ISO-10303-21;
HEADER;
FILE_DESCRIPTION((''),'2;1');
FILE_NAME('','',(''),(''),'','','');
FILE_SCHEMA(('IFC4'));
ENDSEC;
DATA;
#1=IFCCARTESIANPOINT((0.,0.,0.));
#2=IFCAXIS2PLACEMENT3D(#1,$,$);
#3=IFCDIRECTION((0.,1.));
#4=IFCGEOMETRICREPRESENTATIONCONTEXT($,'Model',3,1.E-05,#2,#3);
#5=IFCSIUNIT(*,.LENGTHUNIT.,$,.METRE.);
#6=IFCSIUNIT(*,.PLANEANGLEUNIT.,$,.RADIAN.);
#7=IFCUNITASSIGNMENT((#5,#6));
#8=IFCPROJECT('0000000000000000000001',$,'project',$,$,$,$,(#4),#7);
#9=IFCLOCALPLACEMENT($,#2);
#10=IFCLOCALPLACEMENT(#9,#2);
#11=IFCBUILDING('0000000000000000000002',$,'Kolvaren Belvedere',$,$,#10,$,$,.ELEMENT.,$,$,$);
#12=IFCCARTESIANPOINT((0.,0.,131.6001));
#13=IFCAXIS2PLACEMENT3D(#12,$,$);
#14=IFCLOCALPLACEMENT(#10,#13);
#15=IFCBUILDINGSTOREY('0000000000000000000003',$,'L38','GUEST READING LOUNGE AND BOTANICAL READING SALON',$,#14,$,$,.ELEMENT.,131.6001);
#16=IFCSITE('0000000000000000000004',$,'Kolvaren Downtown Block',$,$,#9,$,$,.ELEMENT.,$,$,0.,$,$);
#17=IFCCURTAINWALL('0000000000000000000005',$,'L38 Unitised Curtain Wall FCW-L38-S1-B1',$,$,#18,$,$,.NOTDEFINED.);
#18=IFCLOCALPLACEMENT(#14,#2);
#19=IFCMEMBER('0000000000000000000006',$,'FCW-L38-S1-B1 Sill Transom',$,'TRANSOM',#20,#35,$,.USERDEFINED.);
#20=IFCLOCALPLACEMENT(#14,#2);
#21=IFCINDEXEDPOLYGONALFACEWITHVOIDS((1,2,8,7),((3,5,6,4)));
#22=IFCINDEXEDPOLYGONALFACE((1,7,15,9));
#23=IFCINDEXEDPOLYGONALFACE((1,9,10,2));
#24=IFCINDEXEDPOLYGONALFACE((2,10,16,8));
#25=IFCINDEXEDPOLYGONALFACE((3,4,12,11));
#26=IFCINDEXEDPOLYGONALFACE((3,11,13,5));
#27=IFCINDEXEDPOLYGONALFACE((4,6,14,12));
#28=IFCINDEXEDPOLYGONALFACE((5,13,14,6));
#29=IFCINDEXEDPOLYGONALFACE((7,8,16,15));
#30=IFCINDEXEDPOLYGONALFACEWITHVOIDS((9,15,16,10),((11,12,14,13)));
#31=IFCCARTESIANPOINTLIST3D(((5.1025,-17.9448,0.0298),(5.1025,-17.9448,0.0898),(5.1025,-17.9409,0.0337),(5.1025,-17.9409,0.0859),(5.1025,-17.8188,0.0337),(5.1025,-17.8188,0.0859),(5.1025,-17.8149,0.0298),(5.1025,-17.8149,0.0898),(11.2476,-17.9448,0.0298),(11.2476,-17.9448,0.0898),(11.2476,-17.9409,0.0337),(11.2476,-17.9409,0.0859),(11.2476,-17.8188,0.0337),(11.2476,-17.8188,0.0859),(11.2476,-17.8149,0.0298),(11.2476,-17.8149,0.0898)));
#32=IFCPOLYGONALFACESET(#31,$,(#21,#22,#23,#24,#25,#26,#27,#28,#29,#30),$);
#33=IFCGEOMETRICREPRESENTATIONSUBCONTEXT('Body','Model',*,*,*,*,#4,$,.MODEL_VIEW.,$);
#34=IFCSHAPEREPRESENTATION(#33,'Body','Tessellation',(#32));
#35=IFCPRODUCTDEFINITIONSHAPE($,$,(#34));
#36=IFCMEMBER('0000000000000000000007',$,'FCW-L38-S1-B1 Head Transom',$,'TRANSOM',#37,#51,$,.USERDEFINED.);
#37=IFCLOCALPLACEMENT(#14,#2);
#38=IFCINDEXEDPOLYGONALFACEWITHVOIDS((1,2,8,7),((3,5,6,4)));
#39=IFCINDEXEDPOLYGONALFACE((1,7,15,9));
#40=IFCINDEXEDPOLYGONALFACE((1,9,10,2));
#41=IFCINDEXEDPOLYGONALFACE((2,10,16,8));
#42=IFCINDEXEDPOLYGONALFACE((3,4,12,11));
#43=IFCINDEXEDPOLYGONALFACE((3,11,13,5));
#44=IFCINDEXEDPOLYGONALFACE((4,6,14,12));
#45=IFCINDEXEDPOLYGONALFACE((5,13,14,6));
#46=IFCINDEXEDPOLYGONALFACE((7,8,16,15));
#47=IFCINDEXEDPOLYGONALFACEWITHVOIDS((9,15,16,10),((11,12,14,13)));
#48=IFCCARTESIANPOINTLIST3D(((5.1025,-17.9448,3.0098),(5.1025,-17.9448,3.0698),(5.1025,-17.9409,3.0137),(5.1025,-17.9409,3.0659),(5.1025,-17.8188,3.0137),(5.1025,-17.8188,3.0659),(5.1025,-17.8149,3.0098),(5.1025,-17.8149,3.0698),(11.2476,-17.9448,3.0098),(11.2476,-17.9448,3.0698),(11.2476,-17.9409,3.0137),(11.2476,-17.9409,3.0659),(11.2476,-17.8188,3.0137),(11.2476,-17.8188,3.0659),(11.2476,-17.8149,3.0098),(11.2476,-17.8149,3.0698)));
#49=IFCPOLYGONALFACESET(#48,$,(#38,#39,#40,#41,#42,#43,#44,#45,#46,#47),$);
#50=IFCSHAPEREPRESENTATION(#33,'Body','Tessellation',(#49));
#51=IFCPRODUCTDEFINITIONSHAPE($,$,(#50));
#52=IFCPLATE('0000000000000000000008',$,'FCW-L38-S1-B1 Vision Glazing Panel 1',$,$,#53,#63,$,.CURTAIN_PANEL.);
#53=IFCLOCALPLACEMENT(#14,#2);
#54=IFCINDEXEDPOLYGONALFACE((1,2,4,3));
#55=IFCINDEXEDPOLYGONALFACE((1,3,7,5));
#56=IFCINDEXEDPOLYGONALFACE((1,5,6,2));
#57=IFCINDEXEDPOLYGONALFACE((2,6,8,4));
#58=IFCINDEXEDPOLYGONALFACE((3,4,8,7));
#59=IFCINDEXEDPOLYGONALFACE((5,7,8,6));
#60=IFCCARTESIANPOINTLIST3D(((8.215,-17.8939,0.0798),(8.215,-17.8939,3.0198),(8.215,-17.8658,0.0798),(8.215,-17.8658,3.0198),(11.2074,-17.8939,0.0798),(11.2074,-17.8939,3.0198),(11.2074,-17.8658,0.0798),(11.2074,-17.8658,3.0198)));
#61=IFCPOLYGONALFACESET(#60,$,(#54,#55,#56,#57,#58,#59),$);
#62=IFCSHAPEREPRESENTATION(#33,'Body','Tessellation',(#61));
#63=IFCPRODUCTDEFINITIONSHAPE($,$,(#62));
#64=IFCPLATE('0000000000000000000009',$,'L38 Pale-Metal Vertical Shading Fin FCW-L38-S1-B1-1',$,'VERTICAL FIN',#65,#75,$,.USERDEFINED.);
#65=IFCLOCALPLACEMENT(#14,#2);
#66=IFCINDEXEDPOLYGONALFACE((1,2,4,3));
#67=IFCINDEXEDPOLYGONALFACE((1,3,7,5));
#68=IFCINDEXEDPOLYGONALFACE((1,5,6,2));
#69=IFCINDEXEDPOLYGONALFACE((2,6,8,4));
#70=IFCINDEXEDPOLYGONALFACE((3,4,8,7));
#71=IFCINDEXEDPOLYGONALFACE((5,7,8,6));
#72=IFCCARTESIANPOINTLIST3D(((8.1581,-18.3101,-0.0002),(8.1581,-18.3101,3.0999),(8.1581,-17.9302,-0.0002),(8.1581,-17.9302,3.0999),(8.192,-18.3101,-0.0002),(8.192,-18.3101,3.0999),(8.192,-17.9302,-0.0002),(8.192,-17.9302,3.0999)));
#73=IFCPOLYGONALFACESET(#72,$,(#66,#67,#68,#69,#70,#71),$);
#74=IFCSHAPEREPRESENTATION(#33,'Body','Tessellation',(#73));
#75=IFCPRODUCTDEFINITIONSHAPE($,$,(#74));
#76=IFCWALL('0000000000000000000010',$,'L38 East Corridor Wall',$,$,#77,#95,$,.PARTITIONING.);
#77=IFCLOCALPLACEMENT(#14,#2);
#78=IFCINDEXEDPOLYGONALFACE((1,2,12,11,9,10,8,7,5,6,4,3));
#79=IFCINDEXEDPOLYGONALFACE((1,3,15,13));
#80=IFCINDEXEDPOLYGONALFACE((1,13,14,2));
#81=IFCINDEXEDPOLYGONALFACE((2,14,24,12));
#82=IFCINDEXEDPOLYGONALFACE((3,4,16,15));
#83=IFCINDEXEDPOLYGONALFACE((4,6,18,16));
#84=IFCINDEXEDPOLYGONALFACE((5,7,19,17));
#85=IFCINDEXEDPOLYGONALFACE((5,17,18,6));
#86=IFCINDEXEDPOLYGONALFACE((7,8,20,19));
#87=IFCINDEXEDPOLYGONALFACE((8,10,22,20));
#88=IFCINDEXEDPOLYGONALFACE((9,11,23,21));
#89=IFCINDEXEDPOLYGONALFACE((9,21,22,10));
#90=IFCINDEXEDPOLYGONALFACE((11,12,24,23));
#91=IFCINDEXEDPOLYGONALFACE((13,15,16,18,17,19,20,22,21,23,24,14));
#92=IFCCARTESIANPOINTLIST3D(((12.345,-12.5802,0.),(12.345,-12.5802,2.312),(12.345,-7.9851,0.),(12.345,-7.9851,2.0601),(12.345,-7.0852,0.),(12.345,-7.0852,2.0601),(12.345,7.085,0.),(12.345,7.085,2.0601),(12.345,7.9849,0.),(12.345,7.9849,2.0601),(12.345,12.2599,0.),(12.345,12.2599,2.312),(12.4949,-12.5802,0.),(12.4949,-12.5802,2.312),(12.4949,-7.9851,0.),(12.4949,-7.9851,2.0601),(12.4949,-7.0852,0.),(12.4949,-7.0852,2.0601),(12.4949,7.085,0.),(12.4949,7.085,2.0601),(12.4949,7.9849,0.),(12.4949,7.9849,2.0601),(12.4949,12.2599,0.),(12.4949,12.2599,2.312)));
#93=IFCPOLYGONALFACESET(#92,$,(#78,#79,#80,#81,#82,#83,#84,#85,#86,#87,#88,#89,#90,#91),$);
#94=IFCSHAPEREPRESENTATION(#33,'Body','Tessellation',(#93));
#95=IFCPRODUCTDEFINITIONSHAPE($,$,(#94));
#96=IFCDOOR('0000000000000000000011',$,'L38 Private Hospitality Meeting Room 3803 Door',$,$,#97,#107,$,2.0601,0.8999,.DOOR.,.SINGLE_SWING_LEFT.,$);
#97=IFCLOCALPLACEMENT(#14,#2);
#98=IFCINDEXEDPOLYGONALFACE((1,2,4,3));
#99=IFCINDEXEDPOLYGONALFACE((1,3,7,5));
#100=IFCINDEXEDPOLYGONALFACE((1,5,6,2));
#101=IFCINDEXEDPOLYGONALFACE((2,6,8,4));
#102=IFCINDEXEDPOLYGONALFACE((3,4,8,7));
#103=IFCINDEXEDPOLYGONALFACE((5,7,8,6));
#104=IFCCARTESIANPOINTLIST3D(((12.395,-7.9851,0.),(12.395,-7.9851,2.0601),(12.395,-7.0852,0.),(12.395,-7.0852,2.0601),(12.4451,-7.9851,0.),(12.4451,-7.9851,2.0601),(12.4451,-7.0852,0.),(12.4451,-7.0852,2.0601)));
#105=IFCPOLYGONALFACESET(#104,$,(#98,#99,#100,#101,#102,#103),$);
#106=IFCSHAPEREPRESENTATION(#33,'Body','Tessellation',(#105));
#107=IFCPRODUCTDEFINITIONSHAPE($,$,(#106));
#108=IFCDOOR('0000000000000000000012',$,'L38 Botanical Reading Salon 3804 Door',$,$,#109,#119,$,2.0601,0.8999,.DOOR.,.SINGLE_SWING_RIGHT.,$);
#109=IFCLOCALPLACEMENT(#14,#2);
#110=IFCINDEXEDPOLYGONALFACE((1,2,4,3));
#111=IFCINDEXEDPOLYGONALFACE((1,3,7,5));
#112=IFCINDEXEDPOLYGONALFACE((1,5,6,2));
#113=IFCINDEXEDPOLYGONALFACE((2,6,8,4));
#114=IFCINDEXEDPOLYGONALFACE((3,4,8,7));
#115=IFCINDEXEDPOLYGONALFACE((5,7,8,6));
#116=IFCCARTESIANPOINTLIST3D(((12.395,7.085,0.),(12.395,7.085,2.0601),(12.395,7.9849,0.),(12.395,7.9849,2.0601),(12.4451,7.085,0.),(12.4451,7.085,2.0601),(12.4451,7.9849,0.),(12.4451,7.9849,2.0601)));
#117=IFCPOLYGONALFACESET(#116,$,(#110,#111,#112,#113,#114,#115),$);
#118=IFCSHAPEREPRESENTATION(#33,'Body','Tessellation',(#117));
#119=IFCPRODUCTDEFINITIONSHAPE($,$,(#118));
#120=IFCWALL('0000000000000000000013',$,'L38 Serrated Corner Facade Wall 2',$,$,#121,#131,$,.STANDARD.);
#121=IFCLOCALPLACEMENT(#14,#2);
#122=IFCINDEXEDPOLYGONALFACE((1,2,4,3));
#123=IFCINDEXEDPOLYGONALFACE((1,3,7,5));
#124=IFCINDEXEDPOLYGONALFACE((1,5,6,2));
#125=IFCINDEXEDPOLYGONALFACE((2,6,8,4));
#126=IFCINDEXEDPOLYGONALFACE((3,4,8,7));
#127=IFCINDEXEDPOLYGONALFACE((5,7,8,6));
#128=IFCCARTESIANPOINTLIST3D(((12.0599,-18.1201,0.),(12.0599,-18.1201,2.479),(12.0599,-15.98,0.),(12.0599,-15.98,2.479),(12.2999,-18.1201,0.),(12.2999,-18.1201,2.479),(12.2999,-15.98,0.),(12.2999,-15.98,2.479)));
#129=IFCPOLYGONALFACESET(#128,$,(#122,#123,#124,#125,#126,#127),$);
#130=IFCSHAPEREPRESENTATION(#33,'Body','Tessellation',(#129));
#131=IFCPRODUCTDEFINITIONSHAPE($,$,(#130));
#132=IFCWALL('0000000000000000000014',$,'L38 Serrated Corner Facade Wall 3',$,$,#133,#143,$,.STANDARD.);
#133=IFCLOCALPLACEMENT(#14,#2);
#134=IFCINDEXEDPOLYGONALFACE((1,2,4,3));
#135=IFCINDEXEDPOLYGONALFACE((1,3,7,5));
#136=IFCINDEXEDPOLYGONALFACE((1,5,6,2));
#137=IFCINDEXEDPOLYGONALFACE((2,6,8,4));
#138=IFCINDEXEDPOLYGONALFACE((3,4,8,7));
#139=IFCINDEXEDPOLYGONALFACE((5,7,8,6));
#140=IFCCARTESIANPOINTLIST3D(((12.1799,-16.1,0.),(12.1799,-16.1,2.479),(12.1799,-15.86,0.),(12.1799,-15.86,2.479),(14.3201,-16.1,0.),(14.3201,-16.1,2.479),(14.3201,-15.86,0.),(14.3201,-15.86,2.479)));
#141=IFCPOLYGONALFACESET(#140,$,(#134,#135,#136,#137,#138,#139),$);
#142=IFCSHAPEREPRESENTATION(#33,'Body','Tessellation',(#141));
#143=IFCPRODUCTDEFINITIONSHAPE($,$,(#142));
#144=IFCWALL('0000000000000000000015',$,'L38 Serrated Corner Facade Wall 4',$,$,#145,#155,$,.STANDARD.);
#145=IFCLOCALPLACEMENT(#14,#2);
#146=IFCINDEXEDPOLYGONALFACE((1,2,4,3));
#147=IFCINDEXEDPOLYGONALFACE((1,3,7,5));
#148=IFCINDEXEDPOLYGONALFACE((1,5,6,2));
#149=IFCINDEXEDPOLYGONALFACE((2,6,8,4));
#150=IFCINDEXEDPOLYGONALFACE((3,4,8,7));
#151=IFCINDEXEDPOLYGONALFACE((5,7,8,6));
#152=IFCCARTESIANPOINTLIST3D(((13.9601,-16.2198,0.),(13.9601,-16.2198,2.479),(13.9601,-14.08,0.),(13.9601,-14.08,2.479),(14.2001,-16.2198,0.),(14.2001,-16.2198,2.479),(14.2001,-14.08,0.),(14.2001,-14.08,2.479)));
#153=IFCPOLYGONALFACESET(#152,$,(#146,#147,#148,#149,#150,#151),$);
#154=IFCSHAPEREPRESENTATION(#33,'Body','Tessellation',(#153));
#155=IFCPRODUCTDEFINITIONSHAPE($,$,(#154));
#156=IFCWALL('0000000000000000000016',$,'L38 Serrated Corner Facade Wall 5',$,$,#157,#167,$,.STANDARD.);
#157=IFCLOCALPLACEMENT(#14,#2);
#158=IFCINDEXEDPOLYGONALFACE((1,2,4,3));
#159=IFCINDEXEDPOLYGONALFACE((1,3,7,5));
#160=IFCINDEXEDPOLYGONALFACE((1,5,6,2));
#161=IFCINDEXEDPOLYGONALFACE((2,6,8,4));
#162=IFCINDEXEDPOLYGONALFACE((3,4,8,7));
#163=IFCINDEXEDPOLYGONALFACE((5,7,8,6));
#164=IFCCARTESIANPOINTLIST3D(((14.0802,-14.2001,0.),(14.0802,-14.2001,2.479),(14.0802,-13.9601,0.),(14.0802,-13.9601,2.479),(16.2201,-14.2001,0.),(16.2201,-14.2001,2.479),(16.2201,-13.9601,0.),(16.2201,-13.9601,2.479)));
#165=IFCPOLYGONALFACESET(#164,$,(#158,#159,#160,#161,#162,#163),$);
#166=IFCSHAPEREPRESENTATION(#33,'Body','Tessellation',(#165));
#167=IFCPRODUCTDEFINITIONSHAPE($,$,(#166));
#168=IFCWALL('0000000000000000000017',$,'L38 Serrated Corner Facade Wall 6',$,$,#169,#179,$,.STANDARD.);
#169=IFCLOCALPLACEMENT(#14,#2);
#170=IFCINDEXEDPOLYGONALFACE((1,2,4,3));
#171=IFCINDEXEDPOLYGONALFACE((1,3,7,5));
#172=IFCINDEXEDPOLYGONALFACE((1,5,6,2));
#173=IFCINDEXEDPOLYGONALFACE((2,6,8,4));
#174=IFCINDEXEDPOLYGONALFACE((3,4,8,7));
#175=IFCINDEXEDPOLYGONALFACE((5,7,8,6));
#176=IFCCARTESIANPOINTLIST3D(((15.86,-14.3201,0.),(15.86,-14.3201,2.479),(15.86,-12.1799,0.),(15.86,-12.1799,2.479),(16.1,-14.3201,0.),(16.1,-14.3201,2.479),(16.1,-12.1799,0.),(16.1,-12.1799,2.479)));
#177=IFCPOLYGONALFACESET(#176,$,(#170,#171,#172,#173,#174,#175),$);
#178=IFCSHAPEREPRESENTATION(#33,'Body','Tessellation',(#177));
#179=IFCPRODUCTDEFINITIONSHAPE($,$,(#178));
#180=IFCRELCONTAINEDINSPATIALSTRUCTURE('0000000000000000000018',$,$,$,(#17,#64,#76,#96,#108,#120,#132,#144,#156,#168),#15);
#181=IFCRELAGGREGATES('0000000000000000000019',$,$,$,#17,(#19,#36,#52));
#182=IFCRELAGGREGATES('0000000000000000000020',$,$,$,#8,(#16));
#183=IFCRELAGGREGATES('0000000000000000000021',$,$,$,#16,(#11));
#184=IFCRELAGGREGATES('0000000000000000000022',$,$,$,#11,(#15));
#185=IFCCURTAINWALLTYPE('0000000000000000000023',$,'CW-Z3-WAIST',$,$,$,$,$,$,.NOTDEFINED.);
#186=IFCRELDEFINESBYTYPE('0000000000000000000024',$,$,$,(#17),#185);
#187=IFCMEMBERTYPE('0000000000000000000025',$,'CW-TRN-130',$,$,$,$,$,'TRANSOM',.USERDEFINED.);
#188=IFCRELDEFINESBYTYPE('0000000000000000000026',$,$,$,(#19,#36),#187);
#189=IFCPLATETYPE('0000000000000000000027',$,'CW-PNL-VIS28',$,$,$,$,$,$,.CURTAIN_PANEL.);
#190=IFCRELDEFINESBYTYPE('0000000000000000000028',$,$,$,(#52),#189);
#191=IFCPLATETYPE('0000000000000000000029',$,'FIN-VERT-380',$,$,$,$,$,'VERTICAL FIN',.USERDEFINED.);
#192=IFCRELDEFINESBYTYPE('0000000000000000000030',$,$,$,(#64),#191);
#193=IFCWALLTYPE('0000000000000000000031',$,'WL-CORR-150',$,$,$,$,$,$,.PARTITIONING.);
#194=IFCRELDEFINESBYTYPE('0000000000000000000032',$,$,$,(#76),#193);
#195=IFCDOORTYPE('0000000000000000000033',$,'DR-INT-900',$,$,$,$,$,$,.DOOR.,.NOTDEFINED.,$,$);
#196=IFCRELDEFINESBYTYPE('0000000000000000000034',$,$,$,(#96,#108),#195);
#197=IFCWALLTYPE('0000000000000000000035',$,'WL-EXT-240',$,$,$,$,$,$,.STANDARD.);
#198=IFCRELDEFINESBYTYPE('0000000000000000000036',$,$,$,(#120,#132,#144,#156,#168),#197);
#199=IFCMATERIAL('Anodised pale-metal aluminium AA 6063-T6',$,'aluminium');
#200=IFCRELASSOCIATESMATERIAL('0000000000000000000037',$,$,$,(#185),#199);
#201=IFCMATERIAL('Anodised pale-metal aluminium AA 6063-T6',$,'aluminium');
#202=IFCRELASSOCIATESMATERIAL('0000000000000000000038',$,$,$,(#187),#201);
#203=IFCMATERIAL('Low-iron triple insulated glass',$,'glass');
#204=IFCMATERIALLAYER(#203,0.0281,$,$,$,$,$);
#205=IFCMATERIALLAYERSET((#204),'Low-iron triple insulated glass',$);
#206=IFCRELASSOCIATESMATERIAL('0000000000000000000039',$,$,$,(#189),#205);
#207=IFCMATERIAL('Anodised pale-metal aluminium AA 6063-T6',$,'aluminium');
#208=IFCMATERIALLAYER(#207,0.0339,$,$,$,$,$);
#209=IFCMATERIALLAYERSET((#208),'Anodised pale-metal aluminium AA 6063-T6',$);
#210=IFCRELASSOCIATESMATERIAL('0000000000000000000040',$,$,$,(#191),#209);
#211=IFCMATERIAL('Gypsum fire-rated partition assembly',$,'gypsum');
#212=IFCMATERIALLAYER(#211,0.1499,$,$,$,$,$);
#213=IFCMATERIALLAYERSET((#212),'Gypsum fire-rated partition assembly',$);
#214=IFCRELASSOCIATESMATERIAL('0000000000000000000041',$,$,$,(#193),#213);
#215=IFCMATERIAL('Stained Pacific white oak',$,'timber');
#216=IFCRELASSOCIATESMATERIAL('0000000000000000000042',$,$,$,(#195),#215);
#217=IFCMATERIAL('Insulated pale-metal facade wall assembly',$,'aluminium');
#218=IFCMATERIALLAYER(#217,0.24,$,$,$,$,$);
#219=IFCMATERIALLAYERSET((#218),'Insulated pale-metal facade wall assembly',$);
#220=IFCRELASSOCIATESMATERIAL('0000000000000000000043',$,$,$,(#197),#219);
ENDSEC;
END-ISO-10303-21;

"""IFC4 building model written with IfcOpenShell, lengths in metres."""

from ifc_helpers import new_model, si_unit, direction, frame, frame_2d, origin, origin_2d, place, context, subcontext, project, spatial, rectangle, hollow_rectangle, extrude, material, layer, layer_set, material_profile, profile_set, type_object, element, fill, aggregate, save


model = new_model("IFC4")

# Units and contexts
model_context = context("Model", 3, precision=1e-05, world=origin(), true_north=direction((0.0, 1.0)))
body_context = subcontext(model_context, "Body", "Model", "MODEL_VIEW")
ifc_project = project(units=[si_unit("LENGTHUNIT", "METRE"), si_unit("PLANEANGLEUNIT", "RADIAN")], contexts=[model_context])

# Site, building, storey
site_placement = place(None, origin())
site = spatial("IfcSite", under=ifc_project, at=site_placement, Name="Kolvaren Downtown Block", CompositionType="ELEMENT", RefElevation=0.0)
building_placement = place(site_placement, origin())
building = spatial("IfcBuilding", under=site, at=building_placement, Name="Kolvaren Belvedere", CompositionType="ELEMENT")
storey_placement = place(building_placement, frame((0.0, 0.0, 131.6001)))
storey = spatial("IfcBuildingStorey", under=building, at=storey_placement, Name="L38", Description="GUEST READING LOUNGE AND BOTANICAL READING SALON", CompositionType="ELEMENT", Elevation=131.6001)

# Curtain wall
ifc_material_1 = material(Name="Anodised pale-metal aluminium AA 6063-T6", Category="aluminium")
curtain_wall_type = type_object("IfcCurtainWallType", Name="CW-Z3-WAIST", PredefinedType="NOTDEFINED", material=ifc_material_1)
curtain_wall_1_placement = place(storey_placement, origin())
curtain_wall_1 = element("IfcCurtainWall", 1, at=curtain_wall_1_placement, inside=storey, type_object=curtain_wall_type, Name="L38 Unitised Curtain Wall FCW-L38-S1-B1", PredefinedType="NOTDEFINED")

# Members
ifc_material_2 = material(Name="Anodised pale-metal aluminium AA 6063-T6", Category="aluminium")
ifc_material_profile_1 = material_profile(ifc_material_2, hollow_rectangle(XDim=0.0601, YDim=0.1299, WallThickness=0.0039, at=origin_2d()), Name="ALU-TRN-130X60")
ifc_profile_set_1 = profile_set([ifc_material_profile_1], Name="Anodised pale-metal aluminium AA 6063-T6")
member_type_1 = type_object("IfcMemberType", Name="CW-TRN-130", ElementType="TRANSOM", PredefinedType="USERDEFINED", material=ifc_profile_set_1)
member_1_placement = place(storey_placement, frame((11.2476, -17.8799, 0.0598), z_axis=(-1.0, 0.0, 0.0), x_axis=(0.0, 0.0, 1.0)))
member_1 = element("IfcMember", 2, at=member_1_placement, type_object=member_type_1, Name="FCW-L38-S1-B1 Sill Transom", ObjectType="TRANSOM", PredefinedType="USERDEFINED", context=body_context, shape_type="SweptSolid", body=[
    extrude(hollow_rectangle(XDim=0.0601, YDim=0.1299, WallThickness=0.0039, at=origin_2d()), origin(), (0.0, 0.0, 1.0), 6.145),
])
member_2_placement = place(storey_placement, frame((11.2476, -17.8799, 3.0398), z_axis=(-1.0, 0.0, 0.0), x_axis=(0.0, 0.0, 1.0)))
member_2 = element("IfcMember", 3, at=member_2_placement, type_object=member_type_1, Name="FCW-L38-S1-B1 Head Transom", ObjectType="TRANSOM", PredefinedType="USERDEFINED", context=body_context, shape_type="SweptSolid", body=[
    extrude(hollow_rectangle(XDim=0.0601, YDim=0.1299, WallThickness=0.0039, at=origin_2d()), origin(), (0.0, 0.0, 1.0), 6.145),
])

# Plates
ifc_material_3 = material(Name="Low-iron triple insulated glass", Category="glass")
ifc_layer_1 = layer(ifc_material_3, 0.0281)
ifc_layer_set_1 = layer_set([ifc_layer_1], Name="Low-iron triple insulated glass")
plate_type_1 = type_object("IfcPlateType", Name="CW-PNL-VIS28", PredefinedType="CURTAIN_PANEL", material=ifc_layer_set_1)
plate_1_placement = place(storey_placement, frame((9.7112, -17.8799, 0.0798), z_axis=(0.0, 0.0, 1.0), x_axis=(-1.0, 0.0, 0.0)))
plate_1 = element("IfcPlate", 4, at=plate_1_placement, type_object=plate_type_1, Name="FCW-L38-S1-B1 Vision Glazing Panel 1", PredefinedType="CURTAIN_PANEL", context=body_context, shape_type="SweptSolid", body=[
    extrude(rectangle(XDim=2.9924, YDim=0.0281, at=origin_2d()), origin(), (0.0, 0.0, 1.0), 2.9399),
])
aggregate(curtain_wall_1, [member_1, member_2, plate_1])
ifc_material_4 = material(Name="Anodised pale-metal aluminium AA 6063-T6", Category="aluminium")
ifc_layer_2 = layer(ifc_material_4, 0.0339)
ifc_layer_set_2 = layer_set([ifc_layer_2], Name="Anodised pale-metal aluminium AA 6063-T6")
plate_type_2 = type_object("IfcPlateType", Name="FIN-VERT-380", ElementType="VERTICAL FIN", PredefinedType="USERDEFINED", material=ifc_layer_set_2)
plate_2_placement = place(storey_placement, frame((8.175, -18.1201, -0.0002), z_axis=(0.0, 0.0, 1.0), x_axis=(0.0, 1.0, 0.0)))
element("IfcPlate", 5, at=plate_2_placement, inside=storey, type_object=plate_type_2, Name="L38 Pale-Metal Vertical Shading Fin FCW-L38-S1-B1-1", ObjectType="VERTICAL FIN", PredefinedType="USERDEFINED", context=body_context, shape_type="SweptSolid", body=[
    extrude(rectangle(XDim=0.3799, YDim=0.0339, at=origin_2d()), origin(), (0.0, 0.0, 1.0), 3.1001),
])

# Wall, openings, doors
ifc_material_5 = material(Name="Gypsum fire-rated partition assembly", Category="gypsum")
ifc_layer_3 = layer(ifc_material_5, 0.1499)
ifc_layer_set_3 = layer_set([ifc_layer_3], Name="Gypsum fire-rated partition assembly")
wall_type_1 = type_object("IfcWallType", Name="WL-CORR-150", PredefinedType="PARTITIONING", material=ifc_layer_set_3)
wall_1_placement = place(storey_placement, frame((12.4199, -12.5801, 0.0), z_axis=(0.0, 0.0, 1.0), x_axis=(0.0, 1.0, 0.0)))
wall_1 = element("IfcWall", 6, at=wall_1_placement, inside=storey, type_object=wall_type_1, Name="L38 East Corridor Wall", PredefinedType="PARTITIONING", context=body_context, shape_type="SweptSolid", body=[
    extrude(rectangle(XDim=24.8401, YDim=0.1499, at=frame_2d((12.4199, 0.0))), origin(), (0.0, 0.0, 1.0), 2.312),
])
opening_1_placement = place(wall_1_placement, frame((4.595, 0.0, 0.0)))
opening_1 = element("IfcOpeningElement", 7, at=opening_1_placement, cuts=wall_1, PredefinedType="OPENING", context=body_context, shape_type="SweptSolid", body=[
    extrude(rectangle(XDim=0.8999, YDim=2.0601, at=frame_2d((0.45, 1.03))), frame((0.0, 0.085, 0.0), z_axis=(0.0, -1.0, 0.0), x_axis=(1.0, 0.0, 0.0)), (0.0, 0.0, 1.0), 0.1699),
])
opening_2_placement = place(wall_1_placement, frame((19.665, 0.0, 0.0)))
opening_2 = element("IfcOpeningElement", 8, at=opening_2_placement, cuts=wall_1, PredefinedType="OPENING", context=body_context, shape_type="SweptSolid", body=[
    extrude(rectangle(XDim=0.8999, YDim=2.0601, at=frame_2d((0.45, 1.03))), frame((0.0, 0.085, 0.0), z_axis=(0.0, -1.0, 0.0), x_axis=(1.0, 0.0, 0.0)), (0.0, 0.0, 1.0), 0.1699),
])
ifc_material_6 = material(Name="Stained Pacific white oak", Category="timber")
door_type = type_object("IfcDoorType", Name="DR-INT-900", OperationType="NOTDEFINED", PredefinedType="DOOR", material=ifc_material_6)
door_1_placement = place(opening_1_placement, origin())
door_1 = element("IfcDoor", 9, at=door_1_placement, inside=storey, type_object=door_type, Name="L38 Private Hospitality Meeting Room 3803 Door", OperationType="SINGLE_SWING_LEFT", OverallHeight=2.0601, OverallWidth=0.8999, PredefinedType="DOOR", context=body_context, shape_type="SweptSolid", body=[
    extrude(rectangle(XDim=0.8999, YDim=2.0601, at=frame_2d((0.45, 1.03))), frame((0.0, 0.0249, 0.0), z_axis=(0.0, -1.0, 0.0), x_axis=(1.0, 0.0, 0.0)), (0.0, 0.0, 1.0), 0.05),
])
fill(opening_1, door_1)
door_2_placement = place(opening_2_placement, origin())
door_2 = element("IfcDoor", 10, at=door_2_placement, inside=storey, type_object=door_type, Name="L38 Botanical Reading Salon 3804 Door", OperationType="SINGLE_SWING_RIGHT", OverallHeight=2.0601, OverallWidth=0.8999, PredefinedType="DOOR", context=body_context, shape_type="SweptSolid", body=[
    extrude(rectangle(XDim=0.8999, YDim=2.0601, at=frame_2d((0.45, 1.03))), frame((0.0, 0.0249, 0.0), z_axis=(0.0, -1.0, 0.0), x_axis=(1.0, 0.0, 0.0)), (0.0, 0.0, 1.0), 0.05),
])
fill(opening_2, door_2)

# Walls
ifc_material_7 = material(Name="Insulated pale-metal facade wall assembly", Category="aluminium")
ifc_layer_4 = layer(ifc_material_7, 0.24)
ifc_layer_set_4 = layer_set([ifc_layer_4], Name="Insulated pale-metal facade wall assembly")
wall_type_2 = type_object("IfcWallType", Name="WL-EXT-240", PredefinedType="STANDARD", material=ifc_layer_set_4)
for number, where, z_axis, x_axis, name in (
    (11, (12.1799, -15.98, 0.0), (0.0, 0.0, 1.0), (0.0, -1.0, 0.0), "L38 Serrated Corner Facade Wall 2"),
    (12, (14.3201, -15.98, 0.0), (0.0, 0.0, 1.0), (-1.0, 0.0, 0.0), "L38 Serrated Corner Facade Wall 3"),
):
    element("IfcWall", number, at=place(storey_placement, frame(where, z_axis=z_axis, x_axis=x_axis)), inside=storey, type_object=wall_type_2, Name=name, PredefinedType="STANDARD", context=body_context, shape_type="SweptSolid", body=[
        extrude(rectangle(XDim=2.1401, YDim=0.24, at=frame_2d((1.0701, 0.0))), origin(), (0.0, 0.0, 1.0), 2.479),
    ])
for number, where, z_axis, x_axis, name in (
    (13, (14.0801, -14.0801, 0.0), (0.0, 0.0, 1.0), (0.0, -1.0, 0.0), "L38 Serrated Corner Facade Wall 4"),
    (14, (16.22, -14.0801, 0.0), (0.0, 0.0, 1.0), (-1.0, 0.0, 0.0), "L38 Serrated Corner Facade Wall 5"),
):
    element("IfcWall", number, at=place(storey_placement, frame(where, z_axis=z_axis, x_axis=x_axis)), inside=storey, type_object=wall_type_2, Name=name, PredefinedType="STANDARD", context=body_context, shape_type="SweptSolid", body=[
        extrude(rectangle(XDim=2.1399, YDim=0.24, at=frame_2d((1.0698, 0.0))), origin(), (0.0, 0.0, 1.0), 2.479),
    ])
for number, where, z_axis, x_axis, name in (
    (15, (15.98, -12.1799, 0.0), (0.0, 0.0, 1.0), (0.0, -1.0, 0.0), "L38 Serrated Corner Facade Wall 6"),
):
    element("IfcWall", number, at=place(storey_placement, frame(where, z_axis=z_axis, x_axis=x_axis)), inside=storey, type_object=wall_type_2, Name=name, PredefinedType="STANDARD", context=body_context, shape_type="SweptSolid", body=[
        extrude(rectangle(XDim=2.1401, YDim=0.24, at=frame_2d((1.0701, 0.0))), origin(), (0.0, 0.0, 1.0), 2.479),
    ])

save(model, "model.ifc")
